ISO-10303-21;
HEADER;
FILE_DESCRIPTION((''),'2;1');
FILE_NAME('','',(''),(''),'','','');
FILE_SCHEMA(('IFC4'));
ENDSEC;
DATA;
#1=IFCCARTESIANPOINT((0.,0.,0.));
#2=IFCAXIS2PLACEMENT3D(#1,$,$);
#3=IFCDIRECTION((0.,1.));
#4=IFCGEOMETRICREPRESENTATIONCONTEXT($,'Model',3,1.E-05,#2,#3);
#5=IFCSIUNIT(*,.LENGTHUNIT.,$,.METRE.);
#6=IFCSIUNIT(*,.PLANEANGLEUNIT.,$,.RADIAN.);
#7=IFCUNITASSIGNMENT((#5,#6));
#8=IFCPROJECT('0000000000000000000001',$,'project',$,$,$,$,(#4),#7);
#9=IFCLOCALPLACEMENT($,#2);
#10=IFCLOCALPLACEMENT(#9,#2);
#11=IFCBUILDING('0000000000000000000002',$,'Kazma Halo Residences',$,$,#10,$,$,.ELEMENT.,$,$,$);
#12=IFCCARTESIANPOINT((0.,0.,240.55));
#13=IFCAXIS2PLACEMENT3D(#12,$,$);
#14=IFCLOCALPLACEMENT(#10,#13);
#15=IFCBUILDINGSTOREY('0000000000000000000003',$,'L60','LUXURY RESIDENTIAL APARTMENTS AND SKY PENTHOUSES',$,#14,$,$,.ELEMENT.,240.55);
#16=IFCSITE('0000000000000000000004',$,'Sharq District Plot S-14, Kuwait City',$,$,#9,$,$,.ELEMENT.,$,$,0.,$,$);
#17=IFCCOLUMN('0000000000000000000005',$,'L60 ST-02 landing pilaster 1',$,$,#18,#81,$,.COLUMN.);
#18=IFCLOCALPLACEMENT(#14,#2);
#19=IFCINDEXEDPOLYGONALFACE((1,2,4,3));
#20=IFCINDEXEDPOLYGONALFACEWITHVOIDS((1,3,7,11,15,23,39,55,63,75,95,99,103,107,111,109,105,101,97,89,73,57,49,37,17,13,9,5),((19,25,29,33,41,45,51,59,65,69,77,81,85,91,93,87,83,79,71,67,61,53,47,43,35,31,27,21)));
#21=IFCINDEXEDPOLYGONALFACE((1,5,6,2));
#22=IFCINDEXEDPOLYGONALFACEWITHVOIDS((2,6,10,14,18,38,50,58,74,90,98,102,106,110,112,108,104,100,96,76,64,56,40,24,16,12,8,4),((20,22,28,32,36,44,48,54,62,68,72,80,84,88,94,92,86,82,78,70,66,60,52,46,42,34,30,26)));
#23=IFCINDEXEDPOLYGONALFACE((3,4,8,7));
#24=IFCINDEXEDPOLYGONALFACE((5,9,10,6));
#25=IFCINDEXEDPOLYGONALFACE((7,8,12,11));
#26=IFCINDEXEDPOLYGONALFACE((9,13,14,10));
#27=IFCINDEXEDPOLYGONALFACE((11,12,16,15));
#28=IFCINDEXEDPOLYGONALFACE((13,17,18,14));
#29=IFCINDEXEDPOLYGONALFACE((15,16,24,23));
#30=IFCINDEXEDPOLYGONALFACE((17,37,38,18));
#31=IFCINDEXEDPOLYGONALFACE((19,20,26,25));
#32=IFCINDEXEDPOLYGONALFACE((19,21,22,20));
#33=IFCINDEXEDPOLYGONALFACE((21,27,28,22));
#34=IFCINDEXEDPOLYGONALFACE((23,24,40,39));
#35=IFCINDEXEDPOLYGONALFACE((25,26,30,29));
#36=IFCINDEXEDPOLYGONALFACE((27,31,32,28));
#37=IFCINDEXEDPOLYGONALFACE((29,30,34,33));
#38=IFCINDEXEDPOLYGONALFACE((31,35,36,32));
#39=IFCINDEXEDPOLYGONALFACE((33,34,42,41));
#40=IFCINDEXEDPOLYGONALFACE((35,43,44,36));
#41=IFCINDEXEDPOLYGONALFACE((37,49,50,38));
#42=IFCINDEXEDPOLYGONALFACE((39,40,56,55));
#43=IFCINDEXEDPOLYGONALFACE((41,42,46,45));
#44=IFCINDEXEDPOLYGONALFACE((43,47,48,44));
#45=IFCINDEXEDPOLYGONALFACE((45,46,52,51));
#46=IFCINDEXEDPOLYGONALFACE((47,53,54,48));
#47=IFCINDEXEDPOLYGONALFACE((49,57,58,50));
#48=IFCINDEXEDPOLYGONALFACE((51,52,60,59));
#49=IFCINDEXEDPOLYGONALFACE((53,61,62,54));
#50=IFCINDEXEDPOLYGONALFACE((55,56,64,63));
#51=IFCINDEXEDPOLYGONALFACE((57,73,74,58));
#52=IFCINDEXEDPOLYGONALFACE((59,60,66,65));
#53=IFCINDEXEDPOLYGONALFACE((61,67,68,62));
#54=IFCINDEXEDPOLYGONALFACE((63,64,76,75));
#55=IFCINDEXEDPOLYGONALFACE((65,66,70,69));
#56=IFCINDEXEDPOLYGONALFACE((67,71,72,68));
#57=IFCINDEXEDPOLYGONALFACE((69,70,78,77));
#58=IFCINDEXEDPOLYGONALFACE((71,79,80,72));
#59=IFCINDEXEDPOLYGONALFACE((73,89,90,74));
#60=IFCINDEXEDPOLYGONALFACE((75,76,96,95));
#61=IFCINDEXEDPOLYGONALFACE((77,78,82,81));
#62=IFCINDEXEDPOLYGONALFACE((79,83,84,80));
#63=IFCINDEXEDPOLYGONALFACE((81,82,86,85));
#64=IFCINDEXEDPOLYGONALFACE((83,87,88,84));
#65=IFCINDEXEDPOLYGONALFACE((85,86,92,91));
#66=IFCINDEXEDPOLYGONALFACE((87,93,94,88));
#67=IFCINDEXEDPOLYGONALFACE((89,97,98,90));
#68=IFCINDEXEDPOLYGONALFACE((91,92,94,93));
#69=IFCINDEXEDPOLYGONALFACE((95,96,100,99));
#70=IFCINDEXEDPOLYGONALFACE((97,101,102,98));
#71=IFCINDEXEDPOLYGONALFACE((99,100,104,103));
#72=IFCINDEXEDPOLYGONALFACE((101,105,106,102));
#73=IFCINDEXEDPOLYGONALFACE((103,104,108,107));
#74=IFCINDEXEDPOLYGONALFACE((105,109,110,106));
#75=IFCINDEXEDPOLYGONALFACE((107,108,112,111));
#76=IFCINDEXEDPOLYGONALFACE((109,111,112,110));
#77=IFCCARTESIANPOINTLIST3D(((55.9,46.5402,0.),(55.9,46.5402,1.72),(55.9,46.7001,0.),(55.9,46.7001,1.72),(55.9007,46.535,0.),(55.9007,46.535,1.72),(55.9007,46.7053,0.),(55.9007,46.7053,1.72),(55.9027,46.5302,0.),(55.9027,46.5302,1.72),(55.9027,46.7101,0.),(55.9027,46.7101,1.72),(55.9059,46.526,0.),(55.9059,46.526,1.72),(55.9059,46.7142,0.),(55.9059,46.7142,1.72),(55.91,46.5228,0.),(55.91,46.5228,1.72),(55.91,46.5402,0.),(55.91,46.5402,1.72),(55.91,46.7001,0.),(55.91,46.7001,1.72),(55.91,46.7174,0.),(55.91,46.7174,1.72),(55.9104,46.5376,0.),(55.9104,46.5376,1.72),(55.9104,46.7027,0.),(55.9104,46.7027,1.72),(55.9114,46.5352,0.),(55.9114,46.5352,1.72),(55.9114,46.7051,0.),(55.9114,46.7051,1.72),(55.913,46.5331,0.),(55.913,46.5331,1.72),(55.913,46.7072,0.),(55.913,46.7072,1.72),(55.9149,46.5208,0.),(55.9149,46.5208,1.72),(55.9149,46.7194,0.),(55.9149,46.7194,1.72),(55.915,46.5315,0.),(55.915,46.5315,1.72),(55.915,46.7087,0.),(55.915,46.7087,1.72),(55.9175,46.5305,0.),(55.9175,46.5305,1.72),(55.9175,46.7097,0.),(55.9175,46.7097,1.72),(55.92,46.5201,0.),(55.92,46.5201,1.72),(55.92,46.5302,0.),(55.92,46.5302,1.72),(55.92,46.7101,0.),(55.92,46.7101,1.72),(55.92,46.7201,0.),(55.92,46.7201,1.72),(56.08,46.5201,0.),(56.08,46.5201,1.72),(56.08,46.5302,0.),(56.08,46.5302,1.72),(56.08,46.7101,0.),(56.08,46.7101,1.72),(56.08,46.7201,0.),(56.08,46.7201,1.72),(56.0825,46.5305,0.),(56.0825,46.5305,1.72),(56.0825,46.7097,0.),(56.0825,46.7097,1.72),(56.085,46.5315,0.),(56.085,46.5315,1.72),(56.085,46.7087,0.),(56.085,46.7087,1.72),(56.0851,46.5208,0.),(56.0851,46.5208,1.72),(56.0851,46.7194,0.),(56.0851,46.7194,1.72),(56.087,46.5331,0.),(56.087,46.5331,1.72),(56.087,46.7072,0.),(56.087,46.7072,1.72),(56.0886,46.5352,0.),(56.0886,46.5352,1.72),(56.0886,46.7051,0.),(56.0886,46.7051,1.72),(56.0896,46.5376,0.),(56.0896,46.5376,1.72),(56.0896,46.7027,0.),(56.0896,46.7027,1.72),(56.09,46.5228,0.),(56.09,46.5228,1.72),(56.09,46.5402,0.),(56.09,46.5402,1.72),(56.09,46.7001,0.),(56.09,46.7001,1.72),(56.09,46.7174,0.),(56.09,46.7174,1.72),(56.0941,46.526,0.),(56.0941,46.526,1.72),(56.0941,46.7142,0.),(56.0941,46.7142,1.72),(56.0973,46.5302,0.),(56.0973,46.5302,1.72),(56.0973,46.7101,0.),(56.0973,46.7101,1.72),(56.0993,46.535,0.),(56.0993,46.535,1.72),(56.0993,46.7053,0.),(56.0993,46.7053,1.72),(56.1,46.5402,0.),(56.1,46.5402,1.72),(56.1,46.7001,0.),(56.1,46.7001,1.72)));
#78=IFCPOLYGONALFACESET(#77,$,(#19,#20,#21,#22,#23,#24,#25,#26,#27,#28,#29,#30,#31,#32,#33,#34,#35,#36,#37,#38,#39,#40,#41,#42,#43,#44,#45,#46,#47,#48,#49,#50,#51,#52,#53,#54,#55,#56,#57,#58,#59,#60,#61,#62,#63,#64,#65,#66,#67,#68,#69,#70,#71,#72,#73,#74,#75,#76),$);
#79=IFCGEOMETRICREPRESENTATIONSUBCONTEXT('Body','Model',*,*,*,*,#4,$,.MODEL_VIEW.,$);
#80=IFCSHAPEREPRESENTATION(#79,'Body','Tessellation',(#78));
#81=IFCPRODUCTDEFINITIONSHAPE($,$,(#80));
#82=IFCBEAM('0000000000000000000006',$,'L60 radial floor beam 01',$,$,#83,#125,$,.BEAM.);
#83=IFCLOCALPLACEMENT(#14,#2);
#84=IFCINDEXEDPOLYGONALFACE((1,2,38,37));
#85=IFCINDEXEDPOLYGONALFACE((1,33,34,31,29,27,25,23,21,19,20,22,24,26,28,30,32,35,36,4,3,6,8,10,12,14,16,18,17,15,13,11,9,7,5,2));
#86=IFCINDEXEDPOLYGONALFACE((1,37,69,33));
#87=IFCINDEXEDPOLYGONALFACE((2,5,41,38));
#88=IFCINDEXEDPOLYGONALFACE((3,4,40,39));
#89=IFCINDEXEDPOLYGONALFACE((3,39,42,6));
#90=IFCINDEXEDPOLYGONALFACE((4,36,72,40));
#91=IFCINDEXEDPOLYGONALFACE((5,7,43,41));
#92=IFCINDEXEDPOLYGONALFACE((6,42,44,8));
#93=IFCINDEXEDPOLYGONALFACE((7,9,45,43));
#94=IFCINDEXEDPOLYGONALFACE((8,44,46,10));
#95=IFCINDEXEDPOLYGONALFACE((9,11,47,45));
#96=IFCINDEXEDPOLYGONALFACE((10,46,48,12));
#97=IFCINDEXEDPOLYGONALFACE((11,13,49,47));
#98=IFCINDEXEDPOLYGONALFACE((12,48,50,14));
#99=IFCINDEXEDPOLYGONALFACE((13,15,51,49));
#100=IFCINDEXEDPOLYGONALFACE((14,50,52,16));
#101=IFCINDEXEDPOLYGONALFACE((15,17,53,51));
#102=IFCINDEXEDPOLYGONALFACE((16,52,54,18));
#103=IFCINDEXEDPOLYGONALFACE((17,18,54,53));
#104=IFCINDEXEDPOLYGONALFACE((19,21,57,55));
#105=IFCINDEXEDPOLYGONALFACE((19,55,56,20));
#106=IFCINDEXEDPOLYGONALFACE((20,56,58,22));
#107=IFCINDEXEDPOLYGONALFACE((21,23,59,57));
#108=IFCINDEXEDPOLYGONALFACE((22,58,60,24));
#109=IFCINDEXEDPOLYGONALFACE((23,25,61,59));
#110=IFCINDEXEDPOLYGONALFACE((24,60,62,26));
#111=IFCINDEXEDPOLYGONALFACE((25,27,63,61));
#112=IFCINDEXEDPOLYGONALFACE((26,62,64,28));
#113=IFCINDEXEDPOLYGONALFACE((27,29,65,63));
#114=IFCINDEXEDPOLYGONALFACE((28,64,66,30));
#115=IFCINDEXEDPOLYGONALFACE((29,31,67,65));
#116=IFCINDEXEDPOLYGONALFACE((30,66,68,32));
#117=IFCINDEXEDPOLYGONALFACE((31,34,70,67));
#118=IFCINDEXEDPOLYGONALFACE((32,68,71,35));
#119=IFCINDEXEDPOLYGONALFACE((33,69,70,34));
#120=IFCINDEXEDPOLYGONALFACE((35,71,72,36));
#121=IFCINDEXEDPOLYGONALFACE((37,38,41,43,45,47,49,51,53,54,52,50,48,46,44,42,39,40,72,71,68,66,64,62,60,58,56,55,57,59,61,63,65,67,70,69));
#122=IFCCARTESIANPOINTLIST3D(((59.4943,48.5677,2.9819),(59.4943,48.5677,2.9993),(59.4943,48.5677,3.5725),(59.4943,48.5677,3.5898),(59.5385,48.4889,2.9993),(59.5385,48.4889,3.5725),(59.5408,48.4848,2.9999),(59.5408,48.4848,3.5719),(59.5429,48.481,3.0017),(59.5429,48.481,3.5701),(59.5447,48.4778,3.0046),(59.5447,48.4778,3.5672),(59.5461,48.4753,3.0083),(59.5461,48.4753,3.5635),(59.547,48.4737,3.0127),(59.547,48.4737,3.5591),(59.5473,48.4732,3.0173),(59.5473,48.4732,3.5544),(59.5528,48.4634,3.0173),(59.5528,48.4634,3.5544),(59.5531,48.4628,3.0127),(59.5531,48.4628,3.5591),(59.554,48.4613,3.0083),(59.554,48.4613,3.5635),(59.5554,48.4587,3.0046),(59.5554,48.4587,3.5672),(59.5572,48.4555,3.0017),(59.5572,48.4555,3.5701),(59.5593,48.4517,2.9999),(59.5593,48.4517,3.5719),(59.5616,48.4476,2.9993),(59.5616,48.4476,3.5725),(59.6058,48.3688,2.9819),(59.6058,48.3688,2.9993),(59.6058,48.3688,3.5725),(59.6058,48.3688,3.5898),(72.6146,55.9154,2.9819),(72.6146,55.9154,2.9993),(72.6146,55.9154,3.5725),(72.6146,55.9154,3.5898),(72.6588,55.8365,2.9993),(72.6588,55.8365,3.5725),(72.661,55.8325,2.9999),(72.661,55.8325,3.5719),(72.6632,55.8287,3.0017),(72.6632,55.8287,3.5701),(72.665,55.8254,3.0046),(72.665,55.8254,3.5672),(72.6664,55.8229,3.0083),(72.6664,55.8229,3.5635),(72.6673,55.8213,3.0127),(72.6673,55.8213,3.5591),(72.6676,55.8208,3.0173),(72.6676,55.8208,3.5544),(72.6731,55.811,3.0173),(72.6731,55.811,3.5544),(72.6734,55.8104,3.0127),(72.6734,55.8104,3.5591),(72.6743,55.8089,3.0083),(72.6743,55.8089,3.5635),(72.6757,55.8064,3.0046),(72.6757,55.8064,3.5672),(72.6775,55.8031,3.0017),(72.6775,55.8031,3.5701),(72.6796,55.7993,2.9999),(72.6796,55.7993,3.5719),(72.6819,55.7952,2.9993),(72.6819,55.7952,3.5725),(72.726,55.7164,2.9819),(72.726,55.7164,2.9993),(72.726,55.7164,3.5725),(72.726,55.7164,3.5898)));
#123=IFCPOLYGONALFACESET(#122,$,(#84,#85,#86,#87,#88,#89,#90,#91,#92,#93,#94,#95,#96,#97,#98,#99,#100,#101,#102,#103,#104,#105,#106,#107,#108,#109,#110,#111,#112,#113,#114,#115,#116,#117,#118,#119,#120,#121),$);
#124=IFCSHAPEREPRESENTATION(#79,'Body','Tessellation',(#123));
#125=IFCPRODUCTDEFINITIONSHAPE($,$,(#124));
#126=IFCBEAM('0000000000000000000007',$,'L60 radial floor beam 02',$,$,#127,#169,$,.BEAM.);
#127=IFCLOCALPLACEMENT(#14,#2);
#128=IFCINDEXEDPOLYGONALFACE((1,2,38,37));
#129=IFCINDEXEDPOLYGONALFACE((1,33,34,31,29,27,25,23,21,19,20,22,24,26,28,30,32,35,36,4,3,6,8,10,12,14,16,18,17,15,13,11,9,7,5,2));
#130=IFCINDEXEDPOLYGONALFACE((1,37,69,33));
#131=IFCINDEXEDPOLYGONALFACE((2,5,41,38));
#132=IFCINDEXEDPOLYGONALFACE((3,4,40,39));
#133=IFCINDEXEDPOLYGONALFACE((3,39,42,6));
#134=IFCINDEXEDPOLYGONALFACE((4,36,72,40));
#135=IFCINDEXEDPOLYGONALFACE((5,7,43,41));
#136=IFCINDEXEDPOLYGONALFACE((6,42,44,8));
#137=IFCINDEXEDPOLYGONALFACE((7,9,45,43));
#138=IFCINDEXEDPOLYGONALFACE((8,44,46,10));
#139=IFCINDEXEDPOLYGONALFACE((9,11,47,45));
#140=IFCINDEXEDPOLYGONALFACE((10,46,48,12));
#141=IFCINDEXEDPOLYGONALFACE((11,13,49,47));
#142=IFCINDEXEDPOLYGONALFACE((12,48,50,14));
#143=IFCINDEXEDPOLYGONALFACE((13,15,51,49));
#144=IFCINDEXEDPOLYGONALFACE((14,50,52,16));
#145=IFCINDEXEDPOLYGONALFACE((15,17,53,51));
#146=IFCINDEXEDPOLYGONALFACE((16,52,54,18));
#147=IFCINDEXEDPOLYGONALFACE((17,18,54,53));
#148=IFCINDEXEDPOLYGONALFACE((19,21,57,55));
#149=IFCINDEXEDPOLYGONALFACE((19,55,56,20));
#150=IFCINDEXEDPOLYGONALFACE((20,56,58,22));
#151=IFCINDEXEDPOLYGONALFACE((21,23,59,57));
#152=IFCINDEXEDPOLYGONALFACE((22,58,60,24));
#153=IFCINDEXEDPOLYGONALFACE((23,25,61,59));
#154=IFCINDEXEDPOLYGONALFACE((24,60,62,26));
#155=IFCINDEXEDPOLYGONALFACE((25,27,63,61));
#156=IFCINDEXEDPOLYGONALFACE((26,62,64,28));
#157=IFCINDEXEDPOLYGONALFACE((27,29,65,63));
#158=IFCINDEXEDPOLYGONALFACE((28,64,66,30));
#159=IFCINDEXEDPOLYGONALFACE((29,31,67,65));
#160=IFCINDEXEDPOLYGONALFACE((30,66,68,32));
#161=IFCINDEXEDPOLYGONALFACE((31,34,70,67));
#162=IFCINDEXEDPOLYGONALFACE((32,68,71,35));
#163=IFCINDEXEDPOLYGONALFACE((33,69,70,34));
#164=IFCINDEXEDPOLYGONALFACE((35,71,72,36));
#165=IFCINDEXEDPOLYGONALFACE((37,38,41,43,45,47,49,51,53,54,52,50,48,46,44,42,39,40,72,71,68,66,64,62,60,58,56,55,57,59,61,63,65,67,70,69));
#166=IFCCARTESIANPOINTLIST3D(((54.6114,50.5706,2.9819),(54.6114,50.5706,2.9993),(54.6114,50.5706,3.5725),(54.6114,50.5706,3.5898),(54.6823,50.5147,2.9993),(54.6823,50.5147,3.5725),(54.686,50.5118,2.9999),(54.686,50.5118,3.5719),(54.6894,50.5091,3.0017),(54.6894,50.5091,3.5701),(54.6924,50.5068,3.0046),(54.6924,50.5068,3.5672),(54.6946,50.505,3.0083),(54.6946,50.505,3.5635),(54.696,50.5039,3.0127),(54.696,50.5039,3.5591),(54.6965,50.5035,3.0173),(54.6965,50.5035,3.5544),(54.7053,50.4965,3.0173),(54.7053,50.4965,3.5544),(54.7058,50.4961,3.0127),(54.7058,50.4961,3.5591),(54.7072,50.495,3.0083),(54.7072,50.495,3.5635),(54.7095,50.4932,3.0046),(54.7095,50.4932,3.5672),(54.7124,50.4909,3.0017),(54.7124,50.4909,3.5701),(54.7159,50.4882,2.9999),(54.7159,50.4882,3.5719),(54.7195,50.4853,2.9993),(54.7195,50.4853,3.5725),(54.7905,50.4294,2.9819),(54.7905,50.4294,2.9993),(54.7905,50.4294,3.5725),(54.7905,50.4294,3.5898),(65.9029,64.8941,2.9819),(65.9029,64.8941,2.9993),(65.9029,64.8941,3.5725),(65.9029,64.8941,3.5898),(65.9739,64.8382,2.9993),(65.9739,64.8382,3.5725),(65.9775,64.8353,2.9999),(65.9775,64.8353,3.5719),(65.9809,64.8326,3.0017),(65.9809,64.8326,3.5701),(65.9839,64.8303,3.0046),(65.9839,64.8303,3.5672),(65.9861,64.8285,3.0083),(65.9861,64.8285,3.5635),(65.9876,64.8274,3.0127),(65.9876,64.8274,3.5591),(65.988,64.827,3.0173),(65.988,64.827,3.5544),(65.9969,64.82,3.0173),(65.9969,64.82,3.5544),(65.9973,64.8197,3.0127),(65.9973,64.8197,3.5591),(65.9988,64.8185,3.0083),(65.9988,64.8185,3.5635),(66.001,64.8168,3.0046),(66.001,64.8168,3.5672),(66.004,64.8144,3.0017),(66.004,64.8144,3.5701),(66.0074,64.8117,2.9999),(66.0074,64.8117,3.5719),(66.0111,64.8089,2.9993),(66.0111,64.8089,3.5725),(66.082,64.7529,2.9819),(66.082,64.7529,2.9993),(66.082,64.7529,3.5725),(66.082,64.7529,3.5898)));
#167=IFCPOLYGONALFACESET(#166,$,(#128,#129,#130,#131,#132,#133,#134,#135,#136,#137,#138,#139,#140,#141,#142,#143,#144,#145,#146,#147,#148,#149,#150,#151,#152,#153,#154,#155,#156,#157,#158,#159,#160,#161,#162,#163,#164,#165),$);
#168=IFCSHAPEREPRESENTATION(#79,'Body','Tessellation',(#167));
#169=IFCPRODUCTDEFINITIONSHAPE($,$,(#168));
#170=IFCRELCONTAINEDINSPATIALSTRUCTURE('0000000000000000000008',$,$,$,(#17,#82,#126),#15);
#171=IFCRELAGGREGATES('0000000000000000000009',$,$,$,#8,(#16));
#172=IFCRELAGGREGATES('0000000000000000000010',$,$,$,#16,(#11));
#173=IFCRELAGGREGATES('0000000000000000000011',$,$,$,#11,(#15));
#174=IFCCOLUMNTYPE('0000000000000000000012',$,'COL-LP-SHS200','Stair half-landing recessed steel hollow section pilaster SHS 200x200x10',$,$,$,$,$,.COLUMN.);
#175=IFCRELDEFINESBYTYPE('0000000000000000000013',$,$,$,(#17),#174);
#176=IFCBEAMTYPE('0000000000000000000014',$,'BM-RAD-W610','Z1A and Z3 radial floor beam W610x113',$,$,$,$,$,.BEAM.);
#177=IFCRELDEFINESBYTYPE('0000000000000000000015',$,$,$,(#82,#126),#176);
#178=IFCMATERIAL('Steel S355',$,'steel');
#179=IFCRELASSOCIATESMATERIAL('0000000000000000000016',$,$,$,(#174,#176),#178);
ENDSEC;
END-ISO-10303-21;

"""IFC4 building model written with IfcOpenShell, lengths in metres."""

from ifc_helpers import new_model, si_unit, direction, frame, origin, origin_2d, place, context, subcontext, project, spatial, hollow_rectangle, i_section, extrude, material, material_profile, profile_set, type_object, element, save


model = new_model("IFC4")

# Units and contexts
model_context = context("Model", 3, precision=1e-05, world=origin(), true_north=direction((0.0, 1.0)))
body_context = subcontext(model_context, "Body", "Model", "MODEL_VIEW")
ifc_project = project(units=[si_unit("LENGTHUNIT", "METRE"), si_unit("PLANEANGLEUNIT", "RADIAN")], contexts=[model_context])

# Site, building, storey
site_placement = place(None, origin())
site = spatial("IfcSite", under=ifc_project, at=site_placement, Name="Sharq District Plot S-14, Kuwait City", CompositionType="ELEMENT", RefElevation=0.0)
building_placement = place(site_placement, origin())
building = spatial("IfcBuilding", under=site, at=building_placement, Name="Kazma Halo Residences", CompositionType="ELEMENT")
storey_placement = place(building_placement, frame((0.0, 0.0, 240.55)))
storey = spatial("IfcBuildingStorey", under=building, at=storey_placement, Name="L60", Description="LUXURY RESIDENTIAL APARTMENTS AND SKY PENTHOUSES", CompositionType="ELEMENT", Elevation=240.55)

# Column
ifc_material_1 = material(Name="Steel S355", Category="steel")
ifc_material_profile_1 = material_profile(ifc_material_1, hollow_rectangle(XDim=0.2, YDim=0.2, WallThickness=0.01, InnerFilletRadius=0.01, OuterFilletRadius=0.02, at=origin_2d()), Name="SHS200x200x10")
ifc_profile_set_1 = profile_set([ifc_material_profile_1], Name="Steel S355")
column_type = type_object("IfcColumnType", Name="COL-LP-SHS200", Description="Stair half-landing recessed steel hollow section pilaster SHS 200x200x10", PredefinedType="COLUMN", material=ifc_profile_set_1)
column_placement = place(storey_placement, frame((56.0, 46.6201, 0.0), z_axis=(0.0, 0.0, 1.0), x_axis=(1.0, 0.0, 0.0)))
element("IfcColumn", 1, at=column_placement, inside=storey, type_object=column_type, Name="L60 ST-02 landing pilaster 1", PredefinedType="COLUMN", context=body_context, shape_type="SweptSolid", body=[
    extrude(hollow_rectangle(XDim=0.2, YDim=0.2, WallThickness=0.01, InnerFilletRadius=0.01, OuterFilletRadius=0.02, at=origin_2d()), origin(), (0.0, 0.0, 1.0), 1.72),
])

# Beams
ifc_material_profile_2 = material_profile(ifc_material_1, i_section(OverallWidth=0.228, OverallDepth=0.6079, WebThickness=0.0112, FlangeThickness=0.0173, FilletRadius=0.0181, at=origin_2d()), Name="W610x113")
ifc_profile_set_2 = profile_set([ifc_material_profile_2], Name="Steel S355")
beam_type_1 = type_object("IfcBeamType", Name="BM-RAD-W610", Description="Z1A and Z3 radial floor beam W610x113", PredefinedType="BEAM", material=ifc_profile_set_2)
beam_1_placement = place(storey_placement, frame((59.55, 48.4683, 3.2859), z_axis=(0.872499, 0.488616, 0.0), x_axis=(-0.488616, 0.872499, 0.0)))
element("IfcBeam", 2, at=beam_1_placement, inside=storey, type_object=beam_type_1, Name="L60 radial floor beam 01", PredefinedType="BEAM", context=body_context, shape_type="SweptSolid", body=[
    extrude(i_section(OverallWidth=0.228, OverallDepth=0.6079, WebThickness=0.0112, FlangeThickness=0.0173, FilletRadius=0.0181, at=origin_2d()), origin(), (0.0, 0.0, 1.0), 15.0376),
])
beam_2_placement = place(storey_placement, frame((54.7009, 50.5, 3.2859), z_axis=(0.619086, 0.785323, 0.0), x_axis=(-0.785323, 0.619086, 0.0)))
element("IfcBeam", 3, at=beam_2_placement, inside=storey, type_object=beam_type_1, Name="L60 radial floor beam 02", PredefinedType="BEAM", context=body_context, shape_type="SweptSolid", body=[
    extrude(i_section(OverallWidth=0.228, OverallDepth=0.6079, WebThickness=0.0112, FlangeThickness=0.0173, FilletRadius=0.0181, at=origin_2d()), origin(), (0.0, 0.0, 1.0), 18.239),
])

save(model, "model.ifc")
